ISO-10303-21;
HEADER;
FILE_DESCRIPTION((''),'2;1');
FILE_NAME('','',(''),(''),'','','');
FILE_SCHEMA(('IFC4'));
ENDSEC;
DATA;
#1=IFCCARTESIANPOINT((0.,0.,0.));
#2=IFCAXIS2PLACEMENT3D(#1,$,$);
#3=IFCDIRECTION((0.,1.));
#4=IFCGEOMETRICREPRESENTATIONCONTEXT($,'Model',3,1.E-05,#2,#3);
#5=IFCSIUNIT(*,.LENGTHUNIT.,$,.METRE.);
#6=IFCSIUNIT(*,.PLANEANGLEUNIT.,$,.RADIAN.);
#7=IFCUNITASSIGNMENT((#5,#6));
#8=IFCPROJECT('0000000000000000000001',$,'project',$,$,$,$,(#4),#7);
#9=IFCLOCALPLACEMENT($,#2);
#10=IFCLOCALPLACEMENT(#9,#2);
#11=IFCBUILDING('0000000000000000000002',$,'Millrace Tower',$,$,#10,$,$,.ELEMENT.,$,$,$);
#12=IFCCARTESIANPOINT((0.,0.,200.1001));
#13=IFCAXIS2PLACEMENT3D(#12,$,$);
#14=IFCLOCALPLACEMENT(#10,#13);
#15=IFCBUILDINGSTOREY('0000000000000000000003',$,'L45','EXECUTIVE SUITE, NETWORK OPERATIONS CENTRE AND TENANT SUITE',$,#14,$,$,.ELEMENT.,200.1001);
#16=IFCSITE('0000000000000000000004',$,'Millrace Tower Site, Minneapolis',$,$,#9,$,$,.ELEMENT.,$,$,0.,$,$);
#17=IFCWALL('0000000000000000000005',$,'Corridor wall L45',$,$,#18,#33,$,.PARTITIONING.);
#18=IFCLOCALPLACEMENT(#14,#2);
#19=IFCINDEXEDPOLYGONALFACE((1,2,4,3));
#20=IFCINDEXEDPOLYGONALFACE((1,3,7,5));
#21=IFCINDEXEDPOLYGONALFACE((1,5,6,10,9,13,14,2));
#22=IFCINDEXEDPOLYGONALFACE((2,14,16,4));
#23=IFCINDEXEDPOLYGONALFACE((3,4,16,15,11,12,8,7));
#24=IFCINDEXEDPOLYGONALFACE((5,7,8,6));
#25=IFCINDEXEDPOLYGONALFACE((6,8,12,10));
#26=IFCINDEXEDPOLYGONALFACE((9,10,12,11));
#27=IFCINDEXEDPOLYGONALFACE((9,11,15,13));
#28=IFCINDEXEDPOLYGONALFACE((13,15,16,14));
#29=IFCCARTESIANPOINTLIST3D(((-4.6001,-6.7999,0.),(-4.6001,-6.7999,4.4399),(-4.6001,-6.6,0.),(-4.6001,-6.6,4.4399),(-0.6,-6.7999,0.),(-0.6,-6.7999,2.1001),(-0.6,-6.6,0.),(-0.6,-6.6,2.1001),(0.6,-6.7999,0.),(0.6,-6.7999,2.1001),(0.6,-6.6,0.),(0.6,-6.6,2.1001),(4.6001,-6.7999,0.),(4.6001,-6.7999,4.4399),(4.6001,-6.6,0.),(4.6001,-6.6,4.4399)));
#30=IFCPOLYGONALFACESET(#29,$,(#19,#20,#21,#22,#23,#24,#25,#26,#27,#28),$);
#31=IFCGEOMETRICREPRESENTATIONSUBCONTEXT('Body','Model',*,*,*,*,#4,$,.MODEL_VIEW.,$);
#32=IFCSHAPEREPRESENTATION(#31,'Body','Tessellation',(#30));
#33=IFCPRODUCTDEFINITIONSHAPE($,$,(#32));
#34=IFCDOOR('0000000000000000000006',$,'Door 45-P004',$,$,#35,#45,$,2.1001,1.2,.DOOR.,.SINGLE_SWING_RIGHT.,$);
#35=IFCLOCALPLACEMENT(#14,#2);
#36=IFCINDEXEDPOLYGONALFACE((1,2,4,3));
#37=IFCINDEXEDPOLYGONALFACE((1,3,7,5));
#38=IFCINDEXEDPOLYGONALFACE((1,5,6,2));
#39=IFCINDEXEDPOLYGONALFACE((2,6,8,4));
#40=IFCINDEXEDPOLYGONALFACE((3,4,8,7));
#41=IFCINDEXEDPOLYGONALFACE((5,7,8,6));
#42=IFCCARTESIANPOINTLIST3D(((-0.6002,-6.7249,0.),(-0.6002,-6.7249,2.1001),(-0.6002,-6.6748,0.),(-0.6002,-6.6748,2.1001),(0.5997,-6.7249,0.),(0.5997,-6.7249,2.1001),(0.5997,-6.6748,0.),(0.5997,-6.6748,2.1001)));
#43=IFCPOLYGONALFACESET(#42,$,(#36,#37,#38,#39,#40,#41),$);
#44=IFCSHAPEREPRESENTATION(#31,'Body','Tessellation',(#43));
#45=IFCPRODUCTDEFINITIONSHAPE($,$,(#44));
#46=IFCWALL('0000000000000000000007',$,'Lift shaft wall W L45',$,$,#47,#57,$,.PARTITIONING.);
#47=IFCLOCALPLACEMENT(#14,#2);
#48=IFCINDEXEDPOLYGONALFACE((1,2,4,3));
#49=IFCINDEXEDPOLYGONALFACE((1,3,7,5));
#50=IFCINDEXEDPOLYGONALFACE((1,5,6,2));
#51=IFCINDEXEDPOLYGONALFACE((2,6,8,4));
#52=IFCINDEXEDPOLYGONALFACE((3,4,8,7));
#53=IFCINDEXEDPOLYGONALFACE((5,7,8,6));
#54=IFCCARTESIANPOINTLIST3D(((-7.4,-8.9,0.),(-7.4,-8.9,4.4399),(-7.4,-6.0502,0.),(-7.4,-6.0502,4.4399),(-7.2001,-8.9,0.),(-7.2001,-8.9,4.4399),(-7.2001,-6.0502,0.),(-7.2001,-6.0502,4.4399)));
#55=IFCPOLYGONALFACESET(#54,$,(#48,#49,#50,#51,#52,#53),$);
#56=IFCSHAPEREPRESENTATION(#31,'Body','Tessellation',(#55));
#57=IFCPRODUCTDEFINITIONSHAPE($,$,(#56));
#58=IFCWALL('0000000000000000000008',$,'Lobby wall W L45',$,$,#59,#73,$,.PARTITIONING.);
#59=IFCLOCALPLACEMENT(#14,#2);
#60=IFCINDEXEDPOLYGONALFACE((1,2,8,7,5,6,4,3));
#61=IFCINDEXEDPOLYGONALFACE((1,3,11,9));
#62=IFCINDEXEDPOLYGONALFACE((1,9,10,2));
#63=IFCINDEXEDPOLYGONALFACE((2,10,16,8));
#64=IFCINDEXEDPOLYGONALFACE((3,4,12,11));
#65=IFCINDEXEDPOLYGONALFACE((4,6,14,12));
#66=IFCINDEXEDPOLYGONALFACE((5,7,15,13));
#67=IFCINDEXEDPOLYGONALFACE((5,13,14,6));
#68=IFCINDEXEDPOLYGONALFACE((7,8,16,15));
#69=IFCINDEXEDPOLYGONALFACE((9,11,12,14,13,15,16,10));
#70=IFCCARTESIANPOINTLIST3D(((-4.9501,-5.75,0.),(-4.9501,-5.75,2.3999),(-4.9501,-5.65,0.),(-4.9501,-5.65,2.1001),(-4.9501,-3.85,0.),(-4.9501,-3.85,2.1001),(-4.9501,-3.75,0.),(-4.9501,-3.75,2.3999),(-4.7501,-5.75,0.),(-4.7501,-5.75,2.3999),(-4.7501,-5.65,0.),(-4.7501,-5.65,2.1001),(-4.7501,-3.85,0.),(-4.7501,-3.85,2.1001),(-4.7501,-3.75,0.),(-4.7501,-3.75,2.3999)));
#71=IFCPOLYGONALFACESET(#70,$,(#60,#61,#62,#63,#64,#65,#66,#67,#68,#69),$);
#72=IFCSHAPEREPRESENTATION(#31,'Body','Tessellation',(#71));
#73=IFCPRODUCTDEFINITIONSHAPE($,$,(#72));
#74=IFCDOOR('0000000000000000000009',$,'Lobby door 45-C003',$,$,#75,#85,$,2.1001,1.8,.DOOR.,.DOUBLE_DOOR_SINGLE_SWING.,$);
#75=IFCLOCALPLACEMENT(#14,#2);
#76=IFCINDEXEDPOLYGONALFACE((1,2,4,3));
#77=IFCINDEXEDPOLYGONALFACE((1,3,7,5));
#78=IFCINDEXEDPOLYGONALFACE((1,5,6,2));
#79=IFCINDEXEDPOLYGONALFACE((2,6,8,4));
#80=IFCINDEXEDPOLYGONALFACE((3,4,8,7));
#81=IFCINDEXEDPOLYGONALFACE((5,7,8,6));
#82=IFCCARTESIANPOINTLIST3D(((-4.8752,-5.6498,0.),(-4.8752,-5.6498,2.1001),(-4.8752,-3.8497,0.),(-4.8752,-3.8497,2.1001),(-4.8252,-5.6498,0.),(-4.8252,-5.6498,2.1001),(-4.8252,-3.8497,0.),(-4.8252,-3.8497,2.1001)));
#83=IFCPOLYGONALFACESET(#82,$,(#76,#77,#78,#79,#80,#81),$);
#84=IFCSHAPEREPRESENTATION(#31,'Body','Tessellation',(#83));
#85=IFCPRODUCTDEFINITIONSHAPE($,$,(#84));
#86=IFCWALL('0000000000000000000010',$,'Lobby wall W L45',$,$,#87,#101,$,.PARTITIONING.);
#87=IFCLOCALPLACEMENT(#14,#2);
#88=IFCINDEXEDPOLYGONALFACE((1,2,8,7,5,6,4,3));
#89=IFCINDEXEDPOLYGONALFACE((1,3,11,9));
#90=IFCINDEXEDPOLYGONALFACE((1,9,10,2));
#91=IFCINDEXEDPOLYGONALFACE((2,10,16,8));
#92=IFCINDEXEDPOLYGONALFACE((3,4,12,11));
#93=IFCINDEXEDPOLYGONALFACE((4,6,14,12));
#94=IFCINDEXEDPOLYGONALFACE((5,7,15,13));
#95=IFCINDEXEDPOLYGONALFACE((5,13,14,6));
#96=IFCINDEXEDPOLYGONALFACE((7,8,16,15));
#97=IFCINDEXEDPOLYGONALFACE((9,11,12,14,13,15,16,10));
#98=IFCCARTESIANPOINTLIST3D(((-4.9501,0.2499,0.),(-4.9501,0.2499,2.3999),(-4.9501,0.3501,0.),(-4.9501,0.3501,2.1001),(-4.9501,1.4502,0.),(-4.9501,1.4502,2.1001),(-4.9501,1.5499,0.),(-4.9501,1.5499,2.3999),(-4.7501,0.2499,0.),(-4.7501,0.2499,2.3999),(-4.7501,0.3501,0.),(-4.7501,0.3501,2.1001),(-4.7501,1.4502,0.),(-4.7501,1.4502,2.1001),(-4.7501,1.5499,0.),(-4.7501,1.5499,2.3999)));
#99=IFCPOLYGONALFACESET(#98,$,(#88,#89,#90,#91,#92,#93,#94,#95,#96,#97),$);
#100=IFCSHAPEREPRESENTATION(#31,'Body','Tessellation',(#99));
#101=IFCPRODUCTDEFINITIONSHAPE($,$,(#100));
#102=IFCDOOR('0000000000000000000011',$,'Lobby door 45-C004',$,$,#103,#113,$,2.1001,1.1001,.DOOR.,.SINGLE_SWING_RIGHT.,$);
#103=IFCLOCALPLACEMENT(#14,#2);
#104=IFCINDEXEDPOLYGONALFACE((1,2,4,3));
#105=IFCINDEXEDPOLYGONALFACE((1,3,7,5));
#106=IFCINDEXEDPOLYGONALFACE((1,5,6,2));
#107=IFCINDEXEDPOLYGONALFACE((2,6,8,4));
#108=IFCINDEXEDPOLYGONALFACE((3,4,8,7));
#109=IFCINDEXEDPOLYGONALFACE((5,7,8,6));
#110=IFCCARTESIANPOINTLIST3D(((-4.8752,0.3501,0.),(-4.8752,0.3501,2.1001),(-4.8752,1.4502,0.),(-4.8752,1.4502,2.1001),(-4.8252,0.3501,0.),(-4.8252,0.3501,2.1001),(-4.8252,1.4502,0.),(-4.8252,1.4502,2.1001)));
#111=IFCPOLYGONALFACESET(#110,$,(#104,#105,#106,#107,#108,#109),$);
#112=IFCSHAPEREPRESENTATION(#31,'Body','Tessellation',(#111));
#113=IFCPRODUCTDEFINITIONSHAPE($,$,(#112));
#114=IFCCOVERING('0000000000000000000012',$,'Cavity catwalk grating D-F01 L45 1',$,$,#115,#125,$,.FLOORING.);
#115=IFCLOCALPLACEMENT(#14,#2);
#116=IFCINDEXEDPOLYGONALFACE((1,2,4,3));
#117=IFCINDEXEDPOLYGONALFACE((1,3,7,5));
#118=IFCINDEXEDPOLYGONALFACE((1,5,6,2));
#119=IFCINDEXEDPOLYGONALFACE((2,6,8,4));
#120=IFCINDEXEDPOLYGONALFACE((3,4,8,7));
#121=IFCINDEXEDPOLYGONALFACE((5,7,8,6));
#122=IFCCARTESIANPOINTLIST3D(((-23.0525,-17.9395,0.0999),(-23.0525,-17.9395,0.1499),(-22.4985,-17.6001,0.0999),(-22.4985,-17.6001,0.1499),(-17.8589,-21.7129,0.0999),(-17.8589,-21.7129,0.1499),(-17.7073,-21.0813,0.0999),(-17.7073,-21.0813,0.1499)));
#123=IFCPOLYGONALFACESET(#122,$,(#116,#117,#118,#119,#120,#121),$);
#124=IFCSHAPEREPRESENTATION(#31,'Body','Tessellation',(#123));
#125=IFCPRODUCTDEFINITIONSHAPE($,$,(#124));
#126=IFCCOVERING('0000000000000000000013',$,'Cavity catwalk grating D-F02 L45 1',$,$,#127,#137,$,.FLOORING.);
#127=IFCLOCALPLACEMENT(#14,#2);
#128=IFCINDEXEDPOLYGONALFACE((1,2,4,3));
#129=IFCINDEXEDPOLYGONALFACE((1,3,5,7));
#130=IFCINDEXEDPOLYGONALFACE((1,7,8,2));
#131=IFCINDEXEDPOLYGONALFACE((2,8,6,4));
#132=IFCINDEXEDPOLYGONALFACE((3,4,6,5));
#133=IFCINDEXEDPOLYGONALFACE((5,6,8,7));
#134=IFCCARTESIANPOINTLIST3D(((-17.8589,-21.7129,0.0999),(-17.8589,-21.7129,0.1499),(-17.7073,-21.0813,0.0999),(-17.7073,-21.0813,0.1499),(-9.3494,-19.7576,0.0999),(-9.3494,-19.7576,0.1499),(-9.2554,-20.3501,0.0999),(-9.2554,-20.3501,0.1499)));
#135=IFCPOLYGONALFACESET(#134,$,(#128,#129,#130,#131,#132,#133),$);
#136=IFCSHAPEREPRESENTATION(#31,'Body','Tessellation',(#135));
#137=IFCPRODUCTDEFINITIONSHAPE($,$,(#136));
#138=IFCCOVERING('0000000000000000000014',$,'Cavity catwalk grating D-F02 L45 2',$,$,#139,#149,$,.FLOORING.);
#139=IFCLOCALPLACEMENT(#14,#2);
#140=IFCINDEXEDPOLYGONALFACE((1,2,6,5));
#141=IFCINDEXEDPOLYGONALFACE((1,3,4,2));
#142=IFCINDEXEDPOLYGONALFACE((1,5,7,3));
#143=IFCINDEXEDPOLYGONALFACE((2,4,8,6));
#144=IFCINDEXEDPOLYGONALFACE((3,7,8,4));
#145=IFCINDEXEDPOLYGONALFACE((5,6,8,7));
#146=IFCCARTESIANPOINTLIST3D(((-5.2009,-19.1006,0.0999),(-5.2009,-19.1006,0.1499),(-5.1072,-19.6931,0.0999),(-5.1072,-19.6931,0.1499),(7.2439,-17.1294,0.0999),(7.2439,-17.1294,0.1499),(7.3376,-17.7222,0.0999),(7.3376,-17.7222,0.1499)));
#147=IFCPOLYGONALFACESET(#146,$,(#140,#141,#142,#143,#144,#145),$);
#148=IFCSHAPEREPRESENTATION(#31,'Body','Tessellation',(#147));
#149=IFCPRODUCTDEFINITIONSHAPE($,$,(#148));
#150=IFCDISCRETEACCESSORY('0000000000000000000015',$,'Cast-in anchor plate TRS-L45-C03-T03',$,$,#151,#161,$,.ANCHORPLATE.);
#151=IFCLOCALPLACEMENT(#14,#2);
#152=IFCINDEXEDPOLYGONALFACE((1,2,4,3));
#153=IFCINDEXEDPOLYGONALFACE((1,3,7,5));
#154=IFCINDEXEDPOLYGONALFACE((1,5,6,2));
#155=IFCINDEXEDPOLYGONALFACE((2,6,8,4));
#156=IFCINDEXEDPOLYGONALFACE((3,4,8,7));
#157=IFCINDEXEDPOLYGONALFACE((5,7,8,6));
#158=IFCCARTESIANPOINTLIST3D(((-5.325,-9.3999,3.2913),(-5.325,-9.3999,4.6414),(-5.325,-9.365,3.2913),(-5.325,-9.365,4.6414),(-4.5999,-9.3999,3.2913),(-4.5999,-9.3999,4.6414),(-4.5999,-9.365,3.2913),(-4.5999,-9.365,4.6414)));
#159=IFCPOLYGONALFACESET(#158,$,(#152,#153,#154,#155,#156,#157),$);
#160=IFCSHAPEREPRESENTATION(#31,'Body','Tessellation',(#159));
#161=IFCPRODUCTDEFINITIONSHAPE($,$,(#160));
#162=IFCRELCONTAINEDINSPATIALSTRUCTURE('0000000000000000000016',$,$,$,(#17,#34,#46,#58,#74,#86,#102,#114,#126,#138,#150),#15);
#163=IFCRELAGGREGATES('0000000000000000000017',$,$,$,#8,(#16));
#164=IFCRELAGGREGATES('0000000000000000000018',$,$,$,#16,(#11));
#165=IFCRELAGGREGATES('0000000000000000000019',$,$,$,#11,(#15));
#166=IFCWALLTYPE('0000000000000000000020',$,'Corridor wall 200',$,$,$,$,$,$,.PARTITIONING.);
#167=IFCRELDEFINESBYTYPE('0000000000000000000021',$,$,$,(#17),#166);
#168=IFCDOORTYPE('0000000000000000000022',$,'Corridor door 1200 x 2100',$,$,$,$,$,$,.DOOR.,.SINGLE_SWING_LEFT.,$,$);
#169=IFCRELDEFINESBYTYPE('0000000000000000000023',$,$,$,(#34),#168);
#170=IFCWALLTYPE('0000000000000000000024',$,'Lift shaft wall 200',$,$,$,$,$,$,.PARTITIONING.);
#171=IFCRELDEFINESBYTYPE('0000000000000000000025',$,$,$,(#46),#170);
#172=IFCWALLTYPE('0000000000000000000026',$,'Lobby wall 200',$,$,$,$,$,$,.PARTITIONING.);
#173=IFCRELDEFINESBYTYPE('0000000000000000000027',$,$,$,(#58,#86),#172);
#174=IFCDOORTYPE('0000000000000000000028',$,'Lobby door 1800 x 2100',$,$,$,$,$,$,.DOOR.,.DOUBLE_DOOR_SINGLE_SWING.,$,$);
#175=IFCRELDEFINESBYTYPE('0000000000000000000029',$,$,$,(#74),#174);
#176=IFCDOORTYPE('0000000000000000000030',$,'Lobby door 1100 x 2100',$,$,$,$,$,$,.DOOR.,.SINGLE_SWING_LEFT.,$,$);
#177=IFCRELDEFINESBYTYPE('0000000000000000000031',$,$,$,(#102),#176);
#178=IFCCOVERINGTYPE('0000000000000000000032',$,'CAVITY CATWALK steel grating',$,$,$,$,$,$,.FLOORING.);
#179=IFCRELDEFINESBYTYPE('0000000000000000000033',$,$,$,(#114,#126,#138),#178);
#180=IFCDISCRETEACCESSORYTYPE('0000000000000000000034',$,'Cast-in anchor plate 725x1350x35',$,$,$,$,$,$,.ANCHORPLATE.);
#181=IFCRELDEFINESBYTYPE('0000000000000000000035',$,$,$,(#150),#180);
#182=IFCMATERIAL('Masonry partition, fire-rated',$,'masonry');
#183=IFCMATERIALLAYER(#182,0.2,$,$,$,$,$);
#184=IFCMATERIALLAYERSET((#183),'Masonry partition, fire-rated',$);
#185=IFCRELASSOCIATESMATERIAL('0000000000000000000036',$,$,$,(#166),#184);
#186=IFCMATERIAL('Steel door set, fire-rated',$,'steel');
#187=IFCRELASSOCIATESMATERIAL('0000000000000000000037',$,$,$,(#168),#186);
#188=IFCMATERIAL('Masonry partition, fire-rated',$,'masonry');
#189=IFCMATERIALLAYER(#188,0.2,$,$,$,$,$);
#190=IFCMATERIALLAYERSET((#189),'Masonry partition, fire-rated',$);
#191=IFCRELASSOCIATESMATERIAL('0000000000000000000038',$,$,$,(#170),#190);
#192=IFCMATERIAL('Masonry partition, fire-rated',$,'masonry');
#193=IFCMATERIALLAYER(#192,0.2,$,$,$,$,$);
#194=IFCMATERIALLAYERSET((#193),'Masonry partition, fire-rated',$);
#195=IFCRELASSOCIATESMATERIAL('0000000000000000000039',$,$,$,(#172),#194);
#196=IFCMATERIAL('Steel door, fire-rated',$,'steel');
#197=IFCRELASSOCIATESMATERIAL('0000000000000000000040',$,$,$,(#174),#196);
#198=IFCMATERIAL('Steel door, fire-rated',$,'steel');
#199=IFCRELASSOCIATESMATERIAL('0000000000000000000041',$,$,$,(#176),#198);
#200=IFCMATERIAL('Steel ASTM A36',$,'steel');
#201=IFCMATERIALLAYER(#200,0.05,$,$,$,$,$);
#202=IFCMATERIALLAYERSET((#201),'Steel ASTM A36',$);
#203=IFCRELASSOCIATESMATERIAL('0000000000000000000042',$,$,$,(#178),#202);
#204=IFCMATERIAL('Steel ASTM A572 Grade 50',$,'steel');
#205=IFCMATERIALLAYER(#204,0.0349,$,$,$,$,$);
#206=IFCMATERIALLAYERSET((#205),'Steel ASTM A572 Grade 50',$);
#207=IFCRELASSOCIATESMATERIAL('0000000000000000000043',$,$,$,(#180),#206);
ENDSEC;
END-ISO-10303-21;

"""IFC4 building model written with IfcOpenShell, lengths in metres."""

from ifc_helpers import new_model, si_unit, direction, frame, frame_2d, origin, origin_2d, place, context, subcontext, project, spatial, polyline, rectangle, outline, extrude, material, layer, layer_set, type_object, element, fill, save


model = new_model("IFC4")

# Units and contexts
model_context = context("Model", 3, precision=1e-05, world=origin(), true_north=direction((0.0, 1.0)))
body_context = subcontext(model_context, "Body", "Model", "MODEL_VIEW")
ifc_project = project(units=[si_unit("LENGTHUNIT", "METRE"), si_unit("PLANEANGLEUNIT", "RADIAN")], contexts=[model_context])

# Site, building, storey
site_placement = place(None, origin())
site = spatial("IfcSite", under=ifc_project, at=site_placement, Name="Millrace Tower Site, Minneapolis", CompositionType="ELEMENT", RefElevation=0.0)
building_placement = place(site_placement, origin())
building = spatial("IfcBuilding", under=site, at=building_placement, Name="Millrace Tower", CompositionType="ELEMENT")
storey_placement = place(building_placement, frame((0.0, 0.0, 200.1001)))
storey = spatial("IfcBuildingStorey", under=building, at=storey_placement, Name="L45", Description="EXECUTIVE SUITE, NETWORK OPERATIONS CENTRE AND TENANT SUITE", CompositionType="ELEMENT", Elevation=200.1001)

# Wall, opening, door
ifc_material_1 = material(Name="Masonry partition, fire-rated", Category="masonry")
ifc_layer_1 = layer(ifc_material_1, 0.2)
ifc_layer_set_1 = layer_set([ifc_layer_1], Name="Masonry partition, fire-rated")
wall_type_1 = type_object("IfcWallType", Name="Corridor wall 200", PredefinedType="PARTITIONING", material=ifc_layer_set_1)
wall_1_placement = place(storey_placement, frame((-4.6001, -6.7, 0.0), z_axis=(0.0, 0.0, 1.0), x_axis=(1.0, 0.0, 0.0)))
wall_1 = element("IfcWall", 1, at=wall_1_placement, inside=storey, type_object=wall_type_1, Name="Corridor wall L45", PredefinedType="PARTITIONING", context=body_context, shape_type="SweptSolid", body=[
    extrude(rectangle(XDim=9.2002, YDim=0.2, at=frame_2d((4.6001, 0.0))), origin(), (0.0, 0.0, 1.0), 4.4399),
])
opening_1_placement = place(wall_1_placement, frame((4.0, 0.0, 0.0)))
opening_1 = element("IfcOpeningElement", 2, at=opening_1_placement, cuts=wall_1, PredefinedType="OPENING", context=body_context, shape_type="SweptSolid", body=[
    extrude(rectangle(XDim=1.2, YDim=2.1001, at=frame_2d((0.6001, 1.05))), frame((0.0, 0.1099, 0.0), z_axis=(0.0, -1.0, 0.0), x_axis=(1.0, 0.0, 0.0)), (0.0, 0.0, 1.0), 0.22),
])
ifc_material_2 = material(Name="Steel door set, fire-rated", Category="steel")
door_type_1 = type_object("IfcDoorType", Name="Corridor door 1200 x 2100", OperationType="SINGLE_SWING_LEFT", PredefinedType="DOOR", material=ifc_material_2)
door_1_placement = place(opening_1_placement, frame((1.2, 0.0, 0.0), z_axis=(0.0, 0.0, 1.0), x_axis=(-1.0, 0.0, 0.0)))
door_1 = element("IfcDoor", 3, at=door_1_placement, inside=storey, type_object=door_type_1, Name="Door 45-P004", OperationType="SINGLE_SWING_RIGHT", OverallHeight=2.1001, OverallWidth=1.2, PredefinedType="DOOR", context=body_context, shape_type="SweptSolid", body=[
    extrude(rectangle(XDim=1.2, YDim=2.1001, at=frame_2d((0.6001, 1.05))), frame((0.0, 0.0249, 0.0), z_axis=(0.0, -1.0, 0.0), x_axis=(1.0, 0.0, 0.0)), (0.0, 0.0, 1.0), 0.05),
])
fill(opening_1, door_1)

# Wall
ifc_material_3 = material(Name="Masonry partition, fire-rated", Category="masonry")
ifc_layer_2 = layer(ifc_material_3, 0.2)
ifc_layer_set_2 = layer_set([ifc_layer_2], Name="Masonry partition, fire-rated")
wall_type_2 = type_object("IfcWallType", Name="Lift shaft wall 200", PredefinedType="PARTITIONING", material=ifc_layer_set_2)
wall_2_placement = place(storey_placement, frame((-7.3, -8.8999, 0.0), z_axis=(0.0, 0.0, 1.0), x_axis=(0.0, 1.0, 0.0)))
element("IfcWall", 4, at=wall_2_placement, inside=storey, type_object=wall_type_2, Name="Lift shaft wall W L45", PredefinedType="PARTITIONING", context=body_context, shape_type="SweptSolid", body=[
    extrude(rectangle(XDim=2.8499, YDim=0.2, at=frame_2d((1.4248, 0.0))), origin(), (0.0, 0.0, 1.0), 4.4399),
])

# Walls, openings, doors
ifc_material_4 = material(Name="Masonry partition, fire-rated", Category="masonry")
ifc_layer_3 = layer(ifc_material_4, 0.2)
ifc_layer_set_3 = layer_set([ifc_layer_3], Name="Masonry partition, fire-rated")
wall_type_3 = type_object("IfcWallType", Name="Lobby wall 200", PredefinedType="PARTITIONING", material=ifc_layer_set_3)
wall_3_placement = place(storey_placement, frame((-4.8501, -5.75, 0.0), z_axis=(0.0, 0.0, 1.0), x_axis=(0.0, 1.0, 0.0)))
wall_3 = element("IfcWall", 5, at=wall_3_placement, inside=storey, type_object=wall_type_3, Name="Lobby wall W L45", PredefinedType="PARTITIONING", context=body_context, shape_type="SweptSolid", body=[
    extrude(rectangle(XDim=2.0, YDim=0.2, at=frame_2d((1.0, 0.0))), origin(), (0.0, 0.0, 1.0), 2.3999),
])
opening_2_placement = place(wall_3_placement, frame((0.1001, 0.0, 0.0)))
opening_2 = element("IfcOpeningElement", 6, at=opening_2_placement, cuts=wall_3, PredefinedType="OPENING", context=body_context, shape_type="SweptSolid", body=[
    extrude(rectangle(XDim=1.8, YDim=2.1001, at=frame_2d((0.8999, 1.05))), frame((0.0, 0.1099, 0.0), z_axis=(0.0, -1.0, 0.0), x_axis=(1.0, 0.0, 0.0)), (0.0, 0.0, 1.0), 0.22),
])
ifc_material_5 = material(Name="Steel door, fire-rated", Category="steel")
door_type_2 = type_object("IfcDoorType", Name="Lobby door 1800 x 2100", OperationType="DOUBLE_DOOR_SINGLE_SWING", PredefinedType="DOOR", material=ifc_material_5)
door_2_placement = place(opening_2_placement, frame((1.8, 0.0, 0.0), z_axis=(0.0, 0.0, 1.0), x_axis=(-1.0, 0.0, 0.0)))
door_2 = element("IfcDoor", 7, at=door_2_placement, inside=storey, type_object=door_type_2, Name="Lobby door 45-C003", OperationType="DOUBLE_DOOR_SINGLE_SWING", OverallHeight=2.1001, OverallWidth=1.8, PredefinedType="DOOR", context=body_context, shape_type="SweptSolid", body=[
    extrude(rectangle(XDim=1.8, YDim=2.1001, at=frame_2d((0.8999, 1.05))), frame((0.0, 0.0249, 0.0), z_axis=(0.0, -1.0, 0.0), x_axis=(1.0, 0.0, 0.0)), (0.0, 0.0, 1.0), 0.05),
])
fill(opening_2, door_2)
wall_4_placement = place(storey_placement, frame((-4.8501, 0.25, 0.0), z_axis=(0.0, 0.0, 1.0), x_axis=(0.0, 1.0, 0.0)))
wall_4 = element("IfcWall", 8, at=wall_4_placement, inside=storey, type_object=wall_type_3, Name="Lobby wall W L45", PredefinedType="PARTITIONING", context=body_context, shape_type="SweptSolid", body=[
    extrude(rectangle(XDim=1.3, YDim=0.2, at=frame_2d((0.6499, 0.0))), origin(), (0.0, 0.0, 1.0), 2.3999),
])
opening_3_placement = place(wall_4_placement, frame((0.1001, 0.0, 0.0)))
opening_3 = element("IfcOpeningElement", 9, at=opening_3_placement, cuts=wall_4, PredefinedType="OPENING", context=body_context, shape_type="SweptSolid", body=[
    extrude(rectangle(XDim=1.1001, YDim=2.1001, at=frame_2d((0.55, 1.05))), frame((0.0, 0.1099, 0.0), z_axis=(0.0, -1.0, 0.0), x_axis=(1.0, 0.0, 0.0)), (0.0, 0.0, 1.0), 0.22),
])
ifc_material_6 = material(Name="Steel door, fire-rated", Category="steel")
door_type_3 = type_object("IfcDoorType", Name="Lobby door 1100 x 2100", OperationType="SINGLE_SWING_LEFT", PredefinedType="DOOR", material=ifc_material_6)
door_3_placement = place(opening_3_placement, frame((1.1001, 0.0, 0.0), z_axis=(0.0, 0.0, 1.0), x_axis=(-1.0, 0.0, 0.0)))
door_3 = element("IfcDoor", 10, at=door_3_placement, inside=storey, type_object=door_type_3, Name="Lobby door 45-C004", OperationType="SINGLE_SWING_RIGHT", OverallHeight=2.1001, OverallWidth=1.1001, PredefinedType="DOOR", context=body_context, shape_type="SweptSolid", body=[
    extrude(rectangle(XDim=1.1001, YDim=2.1001, at=frame_2d((0.55, 1.05))), frame((0.0, 0.0249, 0.0), z_axis=(0.0, -1.0, 0.0), x_axis=(1.0, 0.0, 0.0)), (0.0, 0.0, 1.0), 0.05),
])
fill(opening_3, door_3)

# Coverings
ifc_material_7 = material(Name="Steel ASTM A36", Category="steel")
ifc_layer_4 = layer(ifc_material_7, 0.05)
ifc_layer_set_4 = layer_set([ifc_layer_4], Name="Steel ASTM A36")
covering_type = type_object("IfcCoveringType", Name="CAVITY CATWALK steel grating", PredefinedType="FLOORING", material=ifc_layer_set_4)
placement_1 = place(storey_placement, frame((0.0, 0.0, 0.0999)))
element("IfcCovering", 11, at=placement_1, inside=storey, type_object=covering_type, Name="Cavity catwalk grating D-F01 L45 1", PredefinedType="FLOORING", context=body_context, shape_type="SweptSolid", body=[
    extrude(outline(polyline([(-23.0525, -17.9395), (-17.8589, -21.7129), (-17.7073, -21.0813), (-22.4985, -17.6001), (-23.0525, -17.9395)])), origin(), (0.0, 0.0, 1.0), 0.05),
])
element("IfcCovering", 12, at=placement_1, inside=storey, type_object=covering_type, Name="Cavity catwalk grating D-F02 L45 1", PredefinedType="FLOORING", context=body_context, shape_type="SweptSolid", body=[
    extrude(outline(polyline([(-17.8589, -21.7129), (-9.2554, -20.3501), (-9.3494, -19.7576), (-17.7073, -21.0813), (-17.8589, -21.7129)])), origin(), (0.0, 0.0, 1.0), 0.05),
])
element("IfcCovering", 13, at=placement_1, inside=storey, type_object=covering_type, Name="Cavity catwalk grating D-F02 L45 2", PredefinedType="FLOORING", context=body_context, shape_type="SweptSolid", body=[
    extrude(outline(polyline([(-5.1072, -19.6931), (7.3376, -17.7222), (7.2439, -17.1294), (-5.2009, -19.1006), (-5.1072, -19.6931)])), origin(), (0.0, 0.0, 1.0), 0.05),
])

# Discrete accessory
ifc_material_8 = material(Name="Steel ASTM A572 Grade 50", Category="steel")
ifc_layer_5 = layer(ifc_material_8, 0.0349)
ifc_layer_set_5 = layer_set([ifc_layer_5], Name="Steel ASTM A572 Grade 50")
discrete_accessory_type = type_object("IfcDiscreteAccessoryType", Name="Cast-in anchor plate 725x1350x35", PredefinedType="ANCHORPLATE", material=ifc_layer_set_5)
discrete_accessory_placement = place(storey_placement, frame((-4.9624, -9.365, 3.9663), z_axis=(0.0, -1.0, 0.0), x_axis=(1.0, 0.0, 0.0)))
element("IfcDiscreteAccessory", 14, at=discrete_accessory_placement, inside=storey, type_object=discrete_accessory_type, Name="Cast-in anchor plate TRS-L45-C03-T03", PredefinedType="ANCHORPLATE", context=body_context, shape_type="SweptSolid", body=[
    extrude(rectangle(XDim=0.7251, YDim=1.3501, at=origin_2d()), origin(), (0.0, 0.0, 1.0), 0.0349),
])

save(model, "model.ifc")
